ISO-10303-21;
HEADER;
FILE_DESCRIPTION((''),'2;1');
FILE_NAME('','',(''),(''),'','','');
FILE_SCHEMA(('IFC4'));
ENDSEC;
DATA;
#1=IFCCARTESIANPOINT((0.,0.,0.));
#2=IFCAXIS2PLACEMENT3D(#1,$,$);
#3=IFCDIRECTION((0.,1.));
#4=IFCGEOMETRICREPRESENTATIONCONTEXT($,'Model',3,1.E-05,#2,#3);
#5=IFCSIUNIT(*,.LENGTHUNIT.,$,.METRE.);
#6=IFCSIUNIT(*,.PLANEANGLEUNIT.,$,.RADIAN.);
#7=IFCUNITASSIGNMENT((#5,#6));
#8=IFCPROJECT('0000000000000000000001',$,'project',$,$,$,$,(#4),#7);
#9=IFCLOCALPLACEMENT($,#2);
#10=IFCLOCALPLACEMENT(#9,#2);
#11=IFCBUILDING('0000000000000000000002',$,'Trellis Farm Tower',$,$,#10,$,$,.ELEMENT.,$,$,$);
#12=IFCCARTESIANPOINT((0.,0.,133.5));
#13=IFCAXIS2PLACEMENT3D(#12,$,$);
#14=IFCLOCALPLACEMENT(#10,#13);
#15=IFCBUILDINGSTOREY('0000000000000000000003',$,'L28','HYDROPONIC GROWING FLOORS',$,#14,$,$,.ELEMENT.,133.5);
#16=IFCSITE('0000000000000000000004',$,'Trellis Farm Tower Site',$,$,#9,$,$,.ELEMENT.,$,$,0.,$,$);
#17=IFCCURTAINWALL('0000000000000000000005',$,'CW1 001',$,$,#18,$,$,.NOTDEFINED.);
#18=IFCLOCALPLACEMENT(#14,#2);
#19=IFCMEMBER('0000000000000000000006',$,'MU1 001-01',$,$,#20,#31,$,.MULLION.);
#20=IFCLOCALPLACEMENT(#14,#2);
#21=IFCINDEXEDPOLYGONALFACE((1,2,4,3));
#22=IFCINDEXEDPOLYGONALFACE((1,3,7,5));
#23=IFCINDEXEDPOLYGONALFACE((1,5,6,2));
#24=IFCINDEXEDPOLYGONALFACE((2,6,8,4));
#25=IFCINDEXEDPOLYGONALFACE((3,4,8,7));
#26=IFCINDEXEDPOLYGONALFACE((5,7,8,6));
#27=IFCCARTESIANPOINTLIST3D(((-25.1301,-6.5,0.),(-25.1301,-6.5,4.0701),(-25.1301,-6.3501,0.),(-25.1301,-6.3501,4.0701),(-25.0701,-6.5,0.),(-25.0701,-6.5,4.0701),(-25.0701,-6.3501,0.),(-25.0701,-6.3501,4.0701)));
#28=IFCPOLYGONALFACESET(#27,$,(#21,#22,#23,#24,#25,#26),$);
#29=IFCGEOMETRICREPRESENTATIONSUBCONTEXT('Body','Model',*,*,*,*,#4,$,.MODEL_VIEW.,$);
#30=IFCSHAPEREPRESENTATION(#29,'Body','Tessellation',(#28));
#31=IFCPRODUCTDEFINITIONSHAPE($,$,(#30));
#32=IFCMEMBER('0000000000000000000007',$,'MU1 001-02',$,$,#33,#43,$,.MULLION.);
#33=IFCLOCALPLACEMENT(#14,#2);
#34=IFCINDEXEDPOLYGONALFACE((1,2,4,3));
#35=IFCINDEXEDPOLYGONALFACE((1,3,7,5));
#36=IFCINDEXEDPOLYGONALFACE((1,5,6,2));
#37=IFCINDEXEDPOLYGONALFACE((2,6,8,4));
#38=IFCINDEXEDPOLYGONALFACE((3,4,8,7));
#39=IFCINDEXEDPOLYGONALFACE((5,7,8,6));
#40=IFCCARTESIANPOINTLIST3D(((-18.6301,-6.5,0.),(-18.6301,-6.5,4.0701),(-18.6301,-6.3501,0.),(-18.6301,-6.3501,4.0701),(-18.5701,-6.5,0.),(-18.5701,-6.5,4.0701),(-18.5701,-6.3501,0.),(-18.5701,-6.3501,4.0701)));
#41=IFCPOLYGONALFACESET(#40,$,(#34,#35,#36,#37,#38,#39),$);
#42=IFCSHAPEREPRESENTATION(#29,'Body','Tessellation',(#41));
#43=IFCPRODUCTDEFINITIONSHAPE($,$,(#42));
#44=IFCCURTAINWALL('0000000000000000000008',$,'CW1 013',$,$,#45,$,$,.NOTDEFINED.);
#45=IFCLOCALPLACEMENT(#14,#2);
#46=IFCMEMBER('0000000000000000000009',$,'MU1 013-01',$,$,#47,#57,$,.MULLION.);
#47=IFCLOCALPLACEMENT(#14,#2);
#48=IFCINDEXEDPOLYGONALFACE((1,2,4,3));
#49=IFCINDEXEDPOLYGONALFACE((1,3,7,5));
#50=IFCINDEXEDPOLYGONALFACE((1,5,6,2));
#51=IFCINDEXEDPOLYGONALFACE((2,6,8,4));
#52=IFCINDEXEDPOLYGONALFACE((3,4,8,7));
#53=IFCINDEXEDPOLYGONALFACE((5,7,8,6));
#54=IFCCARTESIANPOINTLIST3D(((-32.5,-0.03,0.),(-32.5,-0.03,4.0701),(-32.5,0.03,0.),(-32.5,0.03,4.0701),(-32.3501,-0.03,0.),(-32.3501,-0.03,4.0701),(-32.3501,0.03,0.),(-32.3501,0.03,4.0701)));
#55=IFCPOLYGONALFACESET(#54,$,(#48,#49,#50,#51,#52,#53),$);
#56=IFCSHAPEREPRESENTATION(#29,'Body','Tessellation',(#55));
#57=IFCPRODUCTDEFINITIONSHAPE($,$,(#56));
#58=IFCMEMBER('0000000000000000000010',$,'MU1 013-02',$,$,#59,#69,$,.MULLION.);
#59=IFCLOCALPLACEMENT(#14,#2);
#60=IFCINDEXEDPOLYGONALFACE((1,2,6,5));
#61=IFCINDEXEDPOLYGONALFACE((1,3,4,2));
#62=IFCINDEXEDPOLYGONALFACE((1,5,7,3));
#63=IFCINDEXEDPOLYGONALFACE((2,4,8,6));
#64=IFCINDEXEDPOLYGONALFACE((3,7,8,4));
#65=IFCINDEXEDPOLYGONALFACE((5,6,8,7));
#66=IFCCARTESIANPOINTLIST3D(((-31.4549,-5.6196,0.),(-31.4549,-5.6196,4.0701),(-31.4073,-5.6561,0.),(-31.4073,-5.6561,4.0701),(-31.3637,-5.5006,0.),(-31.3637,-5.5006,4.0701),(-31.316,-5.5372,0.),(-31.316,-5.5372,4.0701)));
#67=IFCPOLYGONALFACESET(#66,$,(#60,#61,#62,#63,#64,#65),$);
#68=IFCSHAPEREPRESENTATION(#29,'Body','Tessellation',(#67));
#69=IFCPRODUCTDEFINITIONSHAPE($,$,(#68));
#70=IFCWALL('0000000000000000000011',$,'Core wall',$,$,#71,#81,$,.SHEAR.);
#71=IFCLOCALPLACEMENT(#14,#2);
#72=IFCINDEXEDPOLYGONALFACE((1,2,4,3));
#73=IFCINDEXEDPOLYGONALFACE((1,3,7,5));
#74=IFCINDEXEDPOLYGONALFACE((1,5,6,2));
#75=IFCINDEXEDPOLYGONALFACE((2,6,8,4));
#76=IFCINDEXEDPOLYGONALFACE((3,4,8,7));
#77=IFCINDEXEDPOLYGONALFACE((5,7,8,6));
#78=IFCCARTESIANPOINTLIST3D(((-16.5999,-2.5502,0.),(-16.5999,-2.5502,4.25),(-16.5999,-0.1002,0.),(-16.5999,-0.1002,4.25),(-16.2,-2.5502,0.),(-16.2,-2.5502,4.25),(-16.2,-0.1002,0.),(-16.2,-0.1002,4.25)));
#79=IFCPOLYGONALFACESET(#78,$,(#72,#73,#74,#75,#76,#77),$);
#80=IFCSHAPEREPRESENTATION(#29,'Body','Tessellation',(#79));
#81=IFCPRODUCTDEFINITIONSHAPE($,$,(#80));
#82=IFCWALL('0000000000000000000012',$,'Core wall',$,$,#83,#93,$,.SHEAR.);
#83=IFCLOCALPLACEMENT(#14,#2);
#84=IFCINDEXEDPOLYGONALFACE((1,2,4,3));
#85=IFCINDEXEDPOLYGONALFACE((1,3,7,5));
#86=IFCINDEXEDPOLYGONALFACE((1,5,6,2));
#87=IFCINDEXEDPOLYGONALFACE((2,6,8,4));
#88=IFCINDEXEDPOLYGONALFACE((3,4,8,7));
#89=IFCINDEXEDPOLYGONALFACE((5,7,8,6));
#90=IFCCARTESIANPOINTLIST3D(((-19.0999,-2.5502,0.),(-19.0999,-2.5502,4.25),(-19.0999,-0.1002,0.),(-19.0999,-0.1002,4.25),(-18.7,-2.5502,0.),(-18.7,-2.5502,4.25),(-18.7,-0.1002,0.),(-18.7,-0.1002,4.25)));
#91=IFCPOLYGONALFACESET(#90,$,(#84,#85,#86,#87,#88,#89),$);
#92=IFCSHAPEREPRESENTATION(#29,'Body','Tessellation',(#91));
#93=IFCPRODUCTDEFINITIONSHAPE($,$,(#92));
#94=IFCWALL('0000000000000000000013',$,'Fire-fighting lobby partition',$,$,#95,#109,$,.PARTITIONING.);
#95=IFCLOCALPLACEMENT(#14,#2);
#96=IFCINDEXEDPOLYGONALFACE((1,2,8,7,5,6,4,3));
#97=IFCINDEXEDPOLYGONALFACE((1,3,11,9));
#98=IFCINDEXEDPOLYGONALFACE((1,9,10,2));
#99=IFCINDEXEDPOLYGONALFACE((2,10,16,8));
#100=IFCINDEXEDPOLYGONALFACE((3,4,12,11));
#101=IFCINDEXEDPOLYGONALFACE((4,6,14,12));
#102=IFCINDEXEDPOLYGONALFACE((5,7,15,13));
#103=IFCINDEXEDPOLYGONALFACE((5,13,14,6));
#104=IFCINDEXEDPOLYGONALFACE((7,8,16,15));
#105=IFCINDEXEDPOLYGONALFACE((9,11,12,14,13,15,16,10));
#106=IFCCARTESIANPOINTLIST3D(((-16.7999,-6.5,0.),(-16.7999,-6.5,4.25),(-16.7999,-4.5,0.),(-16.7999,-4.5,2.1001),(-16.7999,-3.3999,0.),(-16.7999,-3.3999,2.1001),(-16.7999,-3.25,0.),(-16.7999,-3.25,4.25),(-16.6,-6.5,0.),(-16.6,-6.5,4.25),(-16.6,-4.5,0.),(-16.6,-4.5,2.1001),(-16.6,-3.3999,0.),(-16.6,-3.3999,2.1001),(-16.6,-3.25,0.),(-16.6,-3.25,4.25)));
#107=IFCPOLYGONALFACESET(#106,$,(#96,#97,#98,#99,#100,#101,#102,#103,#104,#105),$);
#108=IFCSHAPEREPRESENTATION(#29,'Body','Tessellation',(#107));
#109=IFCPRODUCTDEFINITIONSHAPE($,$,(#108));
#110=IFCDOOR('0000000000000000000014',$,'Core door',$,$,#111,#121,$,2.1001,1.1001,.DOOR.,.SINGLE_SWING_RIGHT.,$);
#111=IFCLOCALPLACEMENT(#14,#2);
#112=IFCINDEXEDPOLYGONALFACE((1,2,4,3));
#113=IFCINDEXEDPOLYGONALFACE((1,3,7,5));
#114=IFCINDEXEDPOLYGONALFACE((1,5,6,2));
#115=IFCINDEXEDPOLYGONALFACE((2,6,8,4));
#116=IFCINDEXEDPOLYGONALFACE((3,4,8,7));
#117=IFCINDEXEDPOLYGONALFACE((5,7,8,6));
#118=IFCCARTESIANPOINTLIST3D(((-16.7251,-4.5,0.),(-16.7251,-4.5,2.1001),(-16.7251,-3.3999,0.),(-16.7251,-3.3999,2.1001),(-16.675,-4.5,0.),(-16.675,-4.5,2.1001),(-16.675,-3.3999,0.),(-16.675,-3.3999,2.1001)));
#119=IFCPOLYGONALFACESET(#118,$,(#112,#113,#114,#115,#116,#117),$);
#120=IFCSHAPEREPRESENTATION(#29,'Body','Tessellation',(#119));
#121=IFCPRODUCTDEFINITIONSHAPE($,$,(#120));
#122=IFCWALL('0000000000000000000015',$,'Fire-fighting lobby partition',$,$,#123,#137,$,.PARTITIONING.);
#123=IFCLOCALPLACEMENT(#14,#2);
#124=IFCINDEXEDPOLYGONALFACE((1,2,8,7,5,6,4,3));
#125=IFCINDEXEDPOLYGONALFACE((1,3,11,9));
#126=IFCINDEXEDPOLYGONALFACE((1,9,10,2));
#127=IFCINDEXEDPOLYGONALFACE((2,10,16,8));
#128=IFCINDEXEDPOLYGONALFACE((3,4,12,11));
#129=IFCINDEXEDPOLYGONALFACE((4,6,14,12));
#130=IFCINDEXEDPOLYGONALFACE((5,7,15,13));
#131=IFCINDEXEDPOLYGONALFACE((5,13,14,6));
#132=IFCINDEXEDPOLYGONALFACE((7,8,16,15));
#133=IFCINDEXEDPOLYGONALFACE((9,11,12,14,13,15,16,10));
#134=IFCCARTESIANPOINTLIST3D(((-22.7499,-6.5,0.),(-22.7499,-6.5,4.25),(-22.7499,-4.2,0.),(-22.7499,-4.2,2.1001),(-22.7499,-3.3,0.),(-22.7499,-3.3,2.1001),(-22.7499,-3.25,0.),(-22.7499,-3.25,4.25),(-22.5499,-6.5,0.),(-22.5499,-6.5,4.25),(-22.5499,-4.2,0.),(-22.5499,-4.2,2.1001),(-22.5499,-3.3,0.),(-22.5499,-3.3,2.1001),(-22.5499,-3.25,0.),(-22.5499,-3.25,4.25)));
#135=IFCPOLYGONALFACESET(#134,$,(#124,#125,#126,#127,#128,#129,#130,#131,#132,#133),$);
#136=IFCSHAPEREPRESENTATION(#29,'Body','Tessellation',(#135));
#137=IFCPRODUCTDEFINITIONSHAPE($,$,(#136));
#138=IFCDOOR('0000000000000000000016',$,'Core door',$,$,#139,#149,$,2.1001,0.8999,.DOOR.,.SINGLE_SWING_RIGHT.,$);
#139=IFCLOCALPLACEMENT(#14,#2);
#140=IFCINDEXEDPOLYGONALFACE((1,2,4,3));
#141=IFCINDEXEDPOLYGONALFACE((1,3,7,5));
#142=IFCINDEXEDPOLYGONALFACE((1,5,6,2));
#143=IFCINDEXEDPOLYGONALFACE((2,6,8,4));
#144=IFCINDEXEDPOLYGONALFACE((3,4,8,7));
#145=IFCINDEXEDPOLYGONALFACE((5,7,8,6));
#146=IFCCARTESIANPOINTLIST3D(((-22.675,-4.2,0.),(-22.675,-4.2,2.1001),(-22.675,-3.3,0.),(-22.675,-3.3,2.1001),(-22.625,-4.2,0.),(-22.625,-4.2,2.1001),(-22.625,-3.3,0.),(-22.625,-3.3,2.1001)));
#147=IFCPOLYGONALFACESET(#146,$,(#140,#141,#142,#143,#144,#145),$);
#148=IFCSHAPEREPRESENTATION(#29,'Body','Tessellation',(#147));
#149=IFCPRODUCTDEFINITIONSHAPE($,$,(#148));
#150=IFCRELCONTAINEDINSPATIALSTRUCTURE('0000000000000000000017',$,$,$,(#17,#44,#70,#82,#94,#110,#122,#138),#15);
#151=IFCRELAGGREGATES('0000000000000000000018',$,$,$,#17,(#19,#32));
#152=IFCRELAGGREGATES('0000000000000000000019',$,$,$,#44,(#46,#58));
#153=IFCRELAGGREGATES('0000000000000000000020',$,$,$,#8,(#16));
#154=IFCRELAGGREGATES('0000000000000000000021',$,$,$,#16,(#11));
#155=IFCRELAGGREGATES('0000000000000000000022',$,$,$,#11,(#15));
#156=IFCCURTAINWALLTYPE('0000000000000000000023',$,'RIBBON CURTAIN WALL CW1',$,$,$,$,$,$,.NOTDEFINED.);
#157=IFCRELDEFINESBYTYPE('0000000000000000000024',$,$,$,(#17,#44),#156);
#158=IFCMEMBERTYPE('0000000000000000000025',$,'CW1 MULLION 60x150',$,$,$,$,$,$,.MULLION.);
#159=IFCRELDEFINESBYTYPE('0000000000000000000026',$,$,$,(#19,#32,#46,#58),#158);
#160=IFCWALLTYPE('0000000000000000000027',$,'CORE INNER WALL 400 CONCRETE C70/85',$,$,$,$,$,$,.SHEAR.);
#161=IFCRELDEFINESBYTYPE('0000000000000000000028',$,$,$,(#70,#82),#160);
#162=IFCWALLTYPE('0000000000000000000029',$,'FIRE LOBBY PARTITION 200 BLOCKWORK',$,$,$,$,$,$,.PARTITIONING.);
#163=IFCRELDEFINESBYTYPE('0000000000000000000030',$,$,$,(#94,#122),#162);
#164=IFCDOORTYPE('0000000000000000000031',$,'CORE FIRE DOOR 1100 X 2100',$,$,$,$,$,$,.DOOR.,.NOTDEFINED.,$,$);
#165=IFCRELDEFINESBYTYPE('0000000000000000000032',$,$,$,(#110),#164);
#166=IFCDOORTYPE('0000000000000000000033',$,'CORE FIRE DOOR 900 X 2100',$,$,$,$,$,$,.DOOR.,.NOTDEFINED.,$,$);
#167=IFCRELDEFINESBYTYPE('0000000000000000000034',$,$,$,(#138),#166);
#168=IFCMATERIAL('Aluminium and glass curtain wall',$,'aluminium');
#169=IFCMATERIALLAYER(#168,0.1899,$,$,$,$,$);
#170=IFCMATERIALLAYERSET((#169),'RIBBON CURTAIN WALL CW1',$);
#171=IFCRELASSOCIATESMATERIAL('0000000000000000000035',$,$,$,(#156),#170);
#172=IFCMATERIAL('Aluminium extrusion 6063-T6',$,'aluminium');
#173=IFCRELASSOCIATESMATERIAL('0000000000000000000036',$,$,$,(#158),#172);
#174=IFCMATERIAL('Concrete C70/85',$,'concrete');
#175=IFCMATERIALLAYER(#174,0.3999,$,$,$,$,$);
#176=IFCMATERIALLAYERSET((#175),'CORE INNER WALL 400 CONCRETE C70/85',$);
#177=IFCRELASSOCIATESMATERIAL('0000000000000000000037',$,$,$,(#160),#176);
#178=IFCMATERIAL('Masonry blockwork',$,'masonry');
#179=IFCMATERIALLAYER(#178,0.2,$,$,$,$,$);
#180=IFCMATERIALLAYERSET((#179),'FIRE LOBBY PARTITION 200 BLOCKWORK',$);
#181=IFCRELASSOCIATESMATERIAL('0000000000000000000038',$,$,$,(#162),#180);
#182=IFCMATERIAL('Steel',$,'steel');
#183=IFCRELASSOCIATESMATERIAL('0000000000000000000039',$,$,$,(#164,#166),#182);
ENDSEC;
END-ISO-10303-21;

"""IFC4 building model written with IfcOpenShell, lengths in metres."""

from ifc_helpers import new_model, si_unit, direction, frame, frame_2d, origin, origin_2d, place, context, subcontext, project, spatial, rectangle, extrude, source, transform, mapped, material, layer, layer_set, material_profile, profile_set, type_object, element, fill, aggregate, save


model = new_model("IFC4")

# Units and contexts
model_context = context("Model", 3, precision=1e-05, world=origin(), true_north=direction((0.0, 1.0)))
body_context = subcontext(model_context, "Body", "Model", "MODEL_VIEW")
ifc_project = project(units=[si_unit("LENGTHUNIT", "METRE"), si_unit("PLANEANGLEUNIT", "RADIAN")], contexts=[model_context])

# Site, building, storey
site_placement = place(None, origin())
site = spatial("IfcSite", under=ifc_project, at=site_placement, Name="Trellis Farm Tower Site", CompositionType="ELEMENT", RefElevation=0.0)
building_placement = place(site_placement, origin())
building = spatial("IfcBuilding", under=site, at=building_placement, Name="Trellis Farm Tower", CompositionType="ELEMENT")
storey_placement = place(building_placement, frame((0.0, 0.0, 133.5)))
storey = spatial("IfcBuildingStorey", under=building, at=storey_placement, Name="L28", Description="HYDROPONIC GROWING FLOORS", CompositionType="ELEMENT", Elevation=133.5)

# Curtain walls, members
ifc_material_1 = material(Name="Aluminium and glass curtain wall", Category="aluminium")
ifc_layer_1 = layer(ifc_material_1, 0.1899)
ifc_layer_set_1 = layer_set([ifc_layer_1], Name="RIBBON CURTAIN WALL CW1")
curtain_wall_type = type_object("IfcCurtainWallType", Name="RIBBON CURTAIN WALL CW1", PredefinedType="NOTDEFINED", material=ifc_layer_set_1)
placement = place(storey_placement, origin())
curtain_wall_1 = element("IfcCurtainWall", 1, at=placement, inside=storey, type_object=curtain_wall_type, Name="CW1 001", PredefinedType="NOTDEFINED")
ifc_material_2 = material(Name="Aluminium extrusion 6063-T6", Category="aluminium")
ifc_material_profile_1 = material_profile(ifc_material_2, rectangle(XDim=0.0601, YDim=0.1499, at=origin_2d()), Name="MULLION 60x150")
ifc_profile_set_1 = profile_set([ifc_material_profile_1], Name="Aluminium extrusion 6063-T6")
member_type = type_object("IfcMemberType", Name="CW1 MULLION 60x150", PredefinedType="MULLION", material=ifc_profile_set_1)
shared_shape_1 = source(origin(), body_context, "Body", "SweptSolid", [
    extrude(rectangle(XDim=0.0601, YDim=0.1499, at=origin_2d()), origin(), (0.0, 0.0, 1.0), 4.0701),
])
member_1_placement = place(storey_placement, frame((-25.1001, -6.425, 0.0), z_axis=(0.0, 0.0, 1.0), x_axis=(1.0, 0.0, 0.0)))
member_1 = element("IfcMember", 2, at=member_1_placement, type_object=member_type, Name="MU1 001-01", PredefinedType="MULLION", context=body_context, shape_type="MappedRepresentation", body=[
    mapped(shared_shape_1, transform((0.0, 0.0, 0.0))),
])
member_2_placement = place(storey_placement, frame((-18.6001, -6.425, 0.0), z_axis=(0.0, 0.0, 1.0), x_axis=(1.0, 0.0, 0.0)))
member_2 = element("IfcMember", 3, at=member_2_placement, type_object=member_type, Name="MU1 001-02", PredefinedType="MULLION", context=body_context, shape_type="MappedRepresentation", body=[
    mapped(shared_shape_1, transform((0.0, 0.0, 0.0))),
])
aggregate(curtain_wall_1, [member_1, member_2])
curtain_wall_2 = element("IfcCurtainWall", 4, at=placement, inside=storey, type_object=curtain_wall_type, Name="CW1 013", PredefinedType="NOTDEFINED")
member_3_placement = place(storey_placement, frame((-32.425, 0.0, 0.0), z_axis=(0.0, 0.0, 1.0), x_axis=(0.0, -1.0, 0.0)))
member_3 = element("IfcMember", 5, at=member_3_placement, type_object=member_type, Name="MU1 013-01", PredefinedType="MULLION", context=body_context, shape_type="MappedRepresentation", body=[
    mapped(shared_shape_1, transform((0.0, 0.0, 0.0))),
])
member_4_placement = place(storey_placement, frame((-31.3855, -5.5784, 0.0), z_axis=(0.0, 0.0, 1.0), x_axis=(0.793353, -0.608761, 0.0)))
member_4 = element("IfcMember", 6, at=member_4_placement, type_object=member_type, Name="MU1 013-02", PredefinedType="MULLION", context=body_context, shape_type="MappedRepresentation", body=[
    mapped(shared_shape_1, transform((0.0, 0.0, 0.0))),
])
aggregate(curtain_wall_2, [member_3, member_4])

# Walls
ifc_material_3 = material(Name="Concrete C70/85", Category="concrete")
ifc_layer_2 = layer(ifc_material_3, 0.3999)
ifc_layer_set_2 = layer_set([ifc_layer_2], Name="CORE INNER WALL 400 CONCRETE C70/85")
wall_type_1 = type_object("IfcWallType", Name="CORE INNER WALL 400 CONCRETE C70/85", PredefinedType="SHEAR", material=ifc_layer_set_2)
shared_shape_2 = source(origin(), body_context, "Body", "SweptSolid", [
    extrude(rectangle(XDim=2.45, YDim=0.3999, at=frame_2d((1.2251, 0.0))), origin(), (0.0, 0.0, 1.0), 4.25),
])
for number, where, z_axis, x_axis, name in (
    (7, (-16.3999, -0.1001, 0.0), (0.0, 0.0, 1.0), (0.0, -1.0, 0.0), "Core wall"),
    (8, (-18.8999, -0.1001, 0.0), (0.0, 0.0, 1.0), (0.0, -1.0, 0.0), "Core wall"),
):
    element("IfcWall", number, at=place(storey_placement, frame(where, z_axis=z_axis, x_axis=x_axis)), inside=storey, type_object=wall_type_1, Name=name, PredefinedType="SHEAR", context=body_context, shape_type="MappedRepresentation", body=[
        mapped(shared_shape_2, transform((0.0, 0.0, 0.0))),
    ])

# Walls, openings, doors
ifc_material_4 = material(Name="Masonry blockwork", Category="masonry")
ifc_layer_3 = layer(ifc_material_4, 0.2)
ifc_layer_set_3 = layer_set([ifc_layer_3], Name="FIRE LOBBY PARTITION 200 BLOCKWORK")
wall_type_2 = type_object("IfcWallType", Name="FIRE LOBBY PARTITION 200 BLOCKWORK", PredefinedType="PARTITIONING", material=ifc_layer_set_3)
shared_shape_3 = source(origin(), body_context, "Body", "SweptSolid", [
    extrude(rectangle(XDim=3.25, YDim=0.2, at=frame_2d((1.625, 0.0))), origin(), (0.0, 0.0, 1.0), 4.25),
])
wall_1_placement = place(storey_placement, frame((-16.7, -3.25, 0.0), z_axis=(0.0, 0.0, 1.0), x_axis=(0.0, -1.0, 0.0)))
wall_1 = element("IfcWall", 9, at=wall_1_placement, inside=storey, type_object=wall_type_2, Name="Fire-fighting lobby partition", PredefinedType="PARTITIONING", context=body_context, shape_type="MappedRepresentation", body=[
    mapped(shared_shape_3, transform((0.0, 0.0, 0.0))),
])
shared_shape_4 = source(origin(), body_context, "Body", "SweptSolid", [
    extrude(rectangle(XDim=1.1001, YDim=2.1001, at=frame_2d((0.55, 1.05))), frame((0.0, 0.1101, 0.0), z_axis=(0.0, -1.0, 0.0), x_axis=(1.0, 0.0, 0.0)), (0.0, 0.0, 1.0), 0.2202),
])
opening_1_placement = place(wall_1_placement, frame((0.1499, 0.0, 0.0)))
opening_1 = element("IfcOpeningElement", 10, at=opening_1_placement, cuts=wall_1, PredefinedType="OPENING", context=body_context, shape_type="MappedRepresentation", body=[
    mapped(shared_shape_4, transform((0.0, 0.0, 0.0))),
])
ifc_material_5 = material(Name="Steel", Category="steel")
door_type_1 = type_object("IfcDoorType", Name="CORE FIRE DOOR 1100 X 2100", OperationType="NOTDEFINED", PredefinedType="DOOR", material=ifc_material_5)
shared_shape_5 = source(origin(), body_context, "Body", "SweptSolid", [
    extrude(rectangle(XDim=1.1001, YDim=2.1001, at=frame_2d((0.55, 1.05))), frame((0.0, 0.0249, 0.0), z_axis=(0.0, -1.0, 0.0), x_axis=(1.0, 0.0, 0.0)), (0.0, 0.0, 1.0), 0.05),
])
door_1_placement = place(opening_1_placement, origin())
door_1 = element("IfcDoor", 11, at=door_1_placement, inside=storey, type_object=door_type_1, Name="Core door", OperationType="SINGLE_SWING_RIGHT", OverallHeight=2.1001, OverallWidth=1.1001, PredefinedType="DOOR", context=body_context, shape_type="MappedRepresentation", body=[
    mapped(shared_shape_5, transform((0.0, 0.0, 0.0))),
])
fill(opening_1, door_1)
wall_2_placement = place(storey_placement, frame((-22.6499, -3.25, 0.0), z_axis=(0.0, 0.0, 1.0), x_axis=(0.0, -1.0, 0.0)))
wall_2 = element("IfcWall", 12, at=wall_2_placement, inside=storey, type_object=wall_type_2, Name="Fire-fighting lobby partition", PredefinedType="PARTITIONING", context=body_context, shape_type="MappedRepresentation", body=[
    mapped(shared_shape_3, transform((0.0, 0.0, 0.0))),
])
shared_shape_6 = source(origin(), body_context, "Body", "SweptSolid", [
    extrude(rectangle(XDim=0.8999, YDim=2.1001, at=frame_2d((0.45, 1.05))), frame((0.0, 0.1101, 0.0), z_axis=(0.0, -1.0, 0.0), x_axis=(1.0, 0.0, 0.0)), (0.0, 0.0, 1.0), 0.2202),
])
opening_2_placement = place(wall_2_placement, frame((0.05, 0.0, 0.0)))
opening_2 = element("IfcOpeningElement", 13, at=opening_2_placement, cuts=wall_2, PredefinedType="OPENING", context=body_context, shape_type="MappedRepresentation", body=[
    mapped(shared_shape_6, transform((0.0, 0.0, 0.0))),
])
door_type_2 = type_object("IfcDoorType", Name="CORE FIRE DOOR 900 X 2100", OperationType="NOTDEFINED", PredefinedType="DOOR", material=ifc_material_5)
shared_shape_7 = source(origin(), body_context, "Body", "SweptSolid", [
    extrude(rectangle(XDim=0.8999, YDim=2.1001, at=frame_2d((0.45, 1.05))), frame((0.0, 0.0249, 0.0), z_axis=(0.0, -1.0, 0.0), x_axis=(1.0, 0.0, 0.0)), (0.0, 0.0, 1.0), 0.05),
])
door_2_placement = place(opening_2_placement, origin())
door_2 = element("IfcDoor", 14, at=door_2_placement, inside=storey, type_object=door_type_2, Name="Core door", OperationType="SINGLE_SWING_RIGHT", OverallHeight=2.1001, OverallWidth=0.8999, PredefinedType="DOOR", context=body_context, shape_type="MappedRepresentation", body=[
    mapped(shared_shape_7, transform((0.0, 0.0, 0.0))),
])
fill(opening_2, door_2)

save(model, "model.ifc")
